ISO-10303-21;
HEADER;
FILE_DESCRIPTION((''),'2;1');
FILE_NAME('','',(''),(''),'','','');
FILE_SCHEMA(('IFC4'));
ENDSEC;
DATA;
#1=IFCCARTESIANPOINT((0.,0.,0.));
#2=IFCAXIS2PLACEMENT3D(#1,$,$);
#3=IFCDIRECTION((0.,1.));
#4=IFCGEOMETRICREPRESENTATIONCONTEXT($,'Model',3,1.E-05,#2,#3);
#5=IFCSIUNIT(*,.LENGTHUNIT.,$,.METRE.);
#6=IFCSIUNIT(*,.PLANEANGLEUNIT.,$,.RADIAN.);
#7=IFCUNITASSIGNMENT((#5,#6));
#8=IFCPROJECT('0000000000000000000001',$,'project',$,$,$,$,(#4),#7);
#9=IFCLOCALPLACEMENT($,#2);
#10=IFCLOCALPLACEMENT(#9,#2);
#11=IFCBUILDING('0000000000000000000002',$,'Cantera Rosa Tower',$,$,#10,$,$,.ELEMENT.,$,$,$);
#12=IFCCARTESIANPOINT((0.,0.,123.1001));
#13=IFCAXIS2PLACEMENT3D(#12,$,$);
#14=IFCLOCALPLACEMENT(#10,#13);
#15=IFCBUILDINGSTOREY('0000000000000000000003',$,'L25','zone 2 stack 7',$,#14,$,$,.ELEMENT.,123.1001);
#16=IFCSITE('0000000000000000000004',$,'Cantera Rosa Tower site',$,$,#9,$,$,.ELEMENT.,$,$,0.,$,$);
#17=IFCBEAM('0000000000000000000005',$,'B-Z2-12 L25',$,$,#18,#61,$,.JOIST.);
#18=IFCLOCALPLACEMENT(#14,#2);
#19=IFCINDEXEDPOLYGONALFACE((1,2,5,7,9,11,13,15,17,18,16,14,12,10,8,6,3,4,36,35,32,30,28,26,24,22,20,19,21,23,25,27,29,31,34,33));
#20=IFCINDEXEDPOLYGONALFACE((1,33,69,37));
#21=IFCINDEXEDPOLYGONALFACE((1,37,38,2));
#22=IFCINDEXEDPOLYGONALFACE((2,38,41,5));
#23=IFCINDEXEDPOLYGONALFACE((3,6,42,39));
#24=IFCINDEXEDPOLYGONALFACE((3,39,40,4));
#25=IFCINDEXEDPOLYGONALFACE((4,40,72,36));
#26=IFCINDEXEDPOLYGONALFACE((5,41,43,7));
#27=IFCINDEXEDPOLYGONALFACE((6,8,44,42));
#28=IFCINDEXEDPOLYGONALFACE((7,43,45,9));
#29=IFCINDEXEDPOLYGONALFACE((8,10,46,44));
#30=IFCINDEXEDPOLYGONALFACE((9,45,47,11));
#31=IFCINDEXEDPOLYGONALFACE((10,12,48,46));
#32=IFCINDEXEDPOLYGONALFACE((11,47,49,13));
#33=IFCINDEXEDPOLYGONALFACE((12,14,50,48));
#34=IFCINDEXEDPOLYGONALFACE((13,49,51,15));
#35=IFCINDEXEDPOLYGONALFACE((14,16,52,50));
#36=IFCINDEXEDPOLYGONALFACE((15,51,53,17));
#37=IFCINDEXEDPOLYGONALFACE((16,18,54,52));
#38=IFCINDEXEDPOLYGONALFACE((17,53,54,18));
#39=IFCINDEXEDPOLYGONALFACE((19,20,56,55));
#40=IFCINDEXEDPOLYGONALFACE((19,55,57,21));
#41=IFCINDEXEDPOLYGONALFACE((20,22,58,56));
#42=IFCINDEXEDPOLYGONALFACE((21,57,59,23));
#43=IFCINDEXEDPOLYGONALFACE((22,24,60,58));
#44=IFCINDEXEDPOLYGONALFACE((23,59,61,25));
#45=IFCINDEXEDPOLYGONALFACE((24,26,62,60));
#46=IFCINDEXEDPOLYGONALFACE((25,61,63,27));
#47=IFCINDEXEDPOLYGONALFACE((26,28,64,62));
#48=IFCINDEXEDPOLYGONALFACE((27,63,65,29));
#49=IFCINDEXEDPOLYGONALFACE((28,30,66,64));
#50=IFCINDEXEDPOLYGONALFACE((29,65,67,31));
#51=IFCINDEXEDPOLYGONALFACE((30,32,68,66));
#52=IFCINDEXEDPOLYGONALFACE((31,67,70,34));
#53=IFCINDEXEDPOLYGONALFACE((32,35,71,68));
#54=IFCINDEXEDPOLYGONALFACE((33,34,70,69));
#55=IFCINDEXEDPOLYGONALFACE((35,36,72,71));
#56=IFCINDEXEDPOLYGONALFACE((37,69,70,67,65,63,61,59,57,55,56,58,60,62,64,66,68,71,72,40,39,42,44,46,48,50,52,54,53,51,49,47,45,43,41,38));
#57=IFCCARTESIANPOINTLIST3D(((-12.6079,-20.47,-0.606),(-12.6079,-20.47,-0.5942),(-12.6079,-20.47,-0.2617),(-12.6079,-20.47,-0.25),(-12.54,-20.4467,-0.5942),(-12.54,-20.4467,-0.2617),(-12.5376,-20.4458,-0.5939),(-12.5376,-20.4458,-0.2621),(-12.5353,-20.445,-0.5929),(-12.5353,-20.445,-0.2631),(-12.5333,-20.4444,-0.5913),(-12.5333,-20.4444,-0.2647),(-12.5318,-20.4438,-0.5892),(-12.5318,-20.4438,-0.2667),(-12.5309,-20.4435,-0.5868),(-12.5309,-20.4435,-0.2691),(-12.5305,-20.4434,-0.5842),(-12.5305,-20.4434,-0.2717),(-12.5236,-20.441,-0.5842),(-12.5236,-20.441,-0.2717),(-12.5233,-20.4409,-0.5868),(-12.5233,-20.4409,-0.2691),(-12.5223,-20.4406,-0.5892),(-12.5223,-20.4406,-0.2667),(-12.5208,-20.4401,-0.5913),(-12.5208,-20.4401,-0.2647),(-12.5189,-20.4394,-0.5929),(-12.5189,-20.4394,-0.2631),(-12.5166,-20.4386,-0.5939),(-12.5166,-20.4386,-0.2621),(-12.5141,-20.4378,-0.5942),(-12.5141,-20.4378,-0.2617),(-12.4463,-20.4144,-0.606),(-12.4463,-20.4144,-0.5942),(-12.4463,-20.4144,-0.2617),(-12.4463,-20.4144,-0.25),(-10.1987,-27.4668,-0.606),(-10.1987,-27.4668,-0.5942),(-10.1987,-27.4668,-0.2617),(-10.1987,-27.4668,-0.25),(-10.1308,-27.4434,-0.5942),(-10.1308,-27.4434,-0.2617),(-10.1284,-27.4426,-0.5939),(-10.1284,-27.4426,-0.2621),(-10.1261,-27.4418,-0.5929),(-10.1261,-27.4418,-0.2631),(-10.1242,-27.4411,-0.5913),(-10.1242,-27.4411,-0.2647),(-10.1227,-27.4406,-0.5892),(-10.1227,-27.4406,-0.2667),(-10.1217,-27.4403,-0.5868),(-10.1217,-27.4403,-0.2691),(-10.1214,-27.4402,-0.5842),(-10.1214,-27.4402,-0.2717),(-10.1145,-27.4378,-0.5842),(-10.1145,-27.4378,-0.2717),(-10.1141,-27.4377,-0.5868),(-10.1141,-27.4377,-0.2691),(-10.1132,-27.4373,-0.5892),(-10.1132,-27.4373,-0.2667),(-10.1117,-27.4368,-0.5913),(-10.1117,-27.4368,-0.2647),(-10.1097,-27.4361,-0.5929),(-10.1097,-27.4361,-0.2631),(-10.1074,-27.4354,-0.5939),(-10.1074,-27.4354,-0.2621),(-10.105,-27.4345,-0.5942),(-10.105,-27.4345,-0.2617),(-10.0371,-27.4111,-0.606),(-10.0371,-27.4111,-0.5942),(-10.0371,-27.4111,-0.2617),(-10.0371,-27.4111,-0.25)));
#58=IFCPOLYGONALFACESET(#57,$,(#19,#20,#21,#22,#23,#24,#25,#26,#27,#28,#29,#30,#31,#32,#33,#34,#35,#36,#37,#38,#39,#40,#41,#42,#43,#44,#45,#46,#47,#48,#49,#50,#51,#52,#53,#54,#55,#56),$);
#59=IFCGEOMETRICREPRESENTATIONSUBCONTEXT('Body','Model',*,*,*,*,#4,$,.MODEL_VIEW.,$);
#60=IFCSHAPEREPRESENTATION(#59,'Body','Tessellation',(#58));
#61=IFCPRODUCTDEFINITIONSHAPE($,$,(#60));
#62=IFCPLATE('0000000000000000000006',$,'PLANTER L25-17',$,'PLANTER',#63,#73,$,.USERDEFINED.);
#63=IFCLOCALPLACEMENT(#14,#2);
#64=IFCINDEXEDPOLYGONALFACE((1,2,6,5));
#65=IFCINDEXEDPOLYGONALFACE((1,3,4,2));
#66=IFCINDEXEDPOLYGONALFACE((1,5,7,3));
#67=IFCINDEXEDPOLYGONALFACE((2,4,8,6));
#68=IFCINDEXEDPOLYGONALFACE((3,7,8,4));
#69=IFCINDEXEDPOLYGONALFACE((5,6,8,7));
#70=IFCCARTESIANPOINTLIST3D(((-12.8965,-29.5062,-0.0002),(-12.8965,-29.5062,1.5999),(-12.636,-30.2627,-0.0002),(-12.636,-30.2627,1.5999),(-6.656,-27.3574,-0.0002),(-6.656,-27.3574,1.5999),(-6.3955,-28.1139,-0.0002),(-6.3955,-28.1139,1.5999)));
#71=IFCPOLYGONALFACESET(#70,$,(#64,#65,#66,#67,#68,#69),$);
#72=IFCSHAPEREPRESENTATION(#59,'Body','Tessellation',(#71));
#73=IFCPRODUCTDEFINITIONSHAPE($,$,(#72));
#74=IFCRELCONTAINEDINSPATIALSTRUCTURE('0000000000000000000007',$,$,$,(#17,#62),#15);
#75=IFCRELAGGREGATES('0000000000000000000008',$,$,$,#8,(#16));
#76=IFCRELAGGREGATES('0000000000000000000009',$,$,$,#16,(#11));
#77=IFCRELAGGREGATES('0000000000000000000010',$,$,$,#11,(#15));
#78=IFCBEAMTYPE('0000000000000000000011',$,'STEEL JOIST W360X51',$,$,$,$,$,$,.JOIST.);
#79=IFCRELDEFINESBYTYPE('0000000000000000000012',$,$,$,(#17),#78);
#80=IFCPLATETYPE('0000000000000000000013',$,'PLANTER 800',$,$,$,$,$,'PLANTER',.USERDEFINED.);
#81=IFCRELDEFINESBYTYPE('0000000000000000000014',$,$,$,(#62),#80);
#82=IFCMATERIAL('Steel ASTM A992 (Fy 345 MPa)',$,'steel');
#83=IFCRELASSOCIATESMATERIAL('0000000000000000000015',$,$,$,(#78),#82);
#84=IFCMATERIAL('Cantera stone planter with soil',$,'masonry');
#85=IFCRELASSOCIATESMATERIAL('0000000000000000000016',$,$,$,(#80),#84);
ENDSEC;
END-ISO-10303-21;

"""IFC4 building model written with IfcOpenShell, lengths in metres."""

from ifc_helpers import new_model, si_unit, direction, frame, origin, origin_2d, place, context, subcontext, project, spatial, rectangle, i_section, extrude, material, material_profile, profile_set, type_object, element, save


model = new_model("IFC4")

# Units and contexts
model_context = context("Model", 3, precision=1e-05, world=origin(), true_north=direction((0.0, 1.0)))
body_context = subcontext(model_context, "Body", "Model", "MODEL_VIEW")
ifc_project = project(units=[si_unit("LENGTHUNIT", "METRE"), si_unit("PLANEANGLEUNIT", "RADIAN")], contexts=[model_context])

# Site, building, storey
site_placement = place(None, origin())
site = spatial("IfcSite", under=ifc_project, at=site_placement, Name="Cantera Rosa Tower site", CompositionType="ELEMENT", RefElevation=0.0)
building_placement = place(site_placement, origin())
building = spatial("IfcBuilding", under=site, at=building_placement, Name="Cantera Rosa Tower", CompositionType="ELEMENT")
storey_placement = place(building_placement, frame((0.0, 0.0, 123.1001)))
storey = spatial("IfcBuildingStorey", under=building, at=storey_placement, Name="L25", Description="zone 2 stack 7", CompositionType="ELEMENT", Elevation=123.1001)

# Beam
ifc_material_1 = material(Name="Steel ASTM A992 (Fy 345 MPa)", Category="steel")
ifc_material_profile_1 = material_profile(ifc_material_1, i_section(OverallWidth=0.1709, OverallDepth=0.356, WebThickness=0.0073, FlangeThickness=0.0117, FilletRadius=0.01, at=origin_2d()), Name="W360X51")
ifc_profile_set_1 = profile_set([ifc_material_profile_1], Name="Steel ASTM A992 (Fy 345 MPa)")
beam_type_1 = type_object("IfcBeamType", Name="STEEL JOIST W360X51", PredefinedType="JOIST", material=ifc_profile_set_1)
beam_1_placement = place(storey_placement, frame((-10.1179, -27.439, -0.428), z_axis=(-0.325566, 0.945519, 0.0), x_axis=(-0.945519, -0.325566, 0.0)))
element("IfcBeam", 1, at=beam_1_placement, inside=storey, type_object=beam_type_1, Name="B-Z2-12 L25", PredefinedType="JOIST", context=body_context, shape_type="SweptSolid", body=[
    extrude(i_section(OverallWidth=0.1709, OverallDepth=0.356, WebThickness=0.0073, FlangeThickness=0.0117, FilletRadius=0.01, at=origin_2d()), origin(), (0.0, 0.0, 1.0), 7.3999),
])

# Plate
ifc_material_2 = material(Name="Cantera stone planter with soil", Category="masonry")
plate_type = type_object("IfcPlateType", Name="PLANTER 800", ElementType="PLANTER", PredefinedType="USERDEFINED", material=ifc_material_2)
plate_placement = place(storey_placement, frame((-9.646, -28.8101, -0.0002), z_axis=(0.0, 0.0, 1.0), x_axis=(0.945519, 0.325568, 0.0)))
element("IfcPlate", 2, at=plate_placement, inside=storey, type_object=plate_type, Name="PLANTER L25-17", ObjectType="PLANTER", PredefinedType="USERDEFINED", context=body_context, shape_type="SweptSolid", body=[
    extrude(rectangle(XDim=6.6001, YDim=0.8, at=origin_2d()), origin(), (0.0, 0.0, 1.0), 1.6001),
])

save(model, "model.ifc")
